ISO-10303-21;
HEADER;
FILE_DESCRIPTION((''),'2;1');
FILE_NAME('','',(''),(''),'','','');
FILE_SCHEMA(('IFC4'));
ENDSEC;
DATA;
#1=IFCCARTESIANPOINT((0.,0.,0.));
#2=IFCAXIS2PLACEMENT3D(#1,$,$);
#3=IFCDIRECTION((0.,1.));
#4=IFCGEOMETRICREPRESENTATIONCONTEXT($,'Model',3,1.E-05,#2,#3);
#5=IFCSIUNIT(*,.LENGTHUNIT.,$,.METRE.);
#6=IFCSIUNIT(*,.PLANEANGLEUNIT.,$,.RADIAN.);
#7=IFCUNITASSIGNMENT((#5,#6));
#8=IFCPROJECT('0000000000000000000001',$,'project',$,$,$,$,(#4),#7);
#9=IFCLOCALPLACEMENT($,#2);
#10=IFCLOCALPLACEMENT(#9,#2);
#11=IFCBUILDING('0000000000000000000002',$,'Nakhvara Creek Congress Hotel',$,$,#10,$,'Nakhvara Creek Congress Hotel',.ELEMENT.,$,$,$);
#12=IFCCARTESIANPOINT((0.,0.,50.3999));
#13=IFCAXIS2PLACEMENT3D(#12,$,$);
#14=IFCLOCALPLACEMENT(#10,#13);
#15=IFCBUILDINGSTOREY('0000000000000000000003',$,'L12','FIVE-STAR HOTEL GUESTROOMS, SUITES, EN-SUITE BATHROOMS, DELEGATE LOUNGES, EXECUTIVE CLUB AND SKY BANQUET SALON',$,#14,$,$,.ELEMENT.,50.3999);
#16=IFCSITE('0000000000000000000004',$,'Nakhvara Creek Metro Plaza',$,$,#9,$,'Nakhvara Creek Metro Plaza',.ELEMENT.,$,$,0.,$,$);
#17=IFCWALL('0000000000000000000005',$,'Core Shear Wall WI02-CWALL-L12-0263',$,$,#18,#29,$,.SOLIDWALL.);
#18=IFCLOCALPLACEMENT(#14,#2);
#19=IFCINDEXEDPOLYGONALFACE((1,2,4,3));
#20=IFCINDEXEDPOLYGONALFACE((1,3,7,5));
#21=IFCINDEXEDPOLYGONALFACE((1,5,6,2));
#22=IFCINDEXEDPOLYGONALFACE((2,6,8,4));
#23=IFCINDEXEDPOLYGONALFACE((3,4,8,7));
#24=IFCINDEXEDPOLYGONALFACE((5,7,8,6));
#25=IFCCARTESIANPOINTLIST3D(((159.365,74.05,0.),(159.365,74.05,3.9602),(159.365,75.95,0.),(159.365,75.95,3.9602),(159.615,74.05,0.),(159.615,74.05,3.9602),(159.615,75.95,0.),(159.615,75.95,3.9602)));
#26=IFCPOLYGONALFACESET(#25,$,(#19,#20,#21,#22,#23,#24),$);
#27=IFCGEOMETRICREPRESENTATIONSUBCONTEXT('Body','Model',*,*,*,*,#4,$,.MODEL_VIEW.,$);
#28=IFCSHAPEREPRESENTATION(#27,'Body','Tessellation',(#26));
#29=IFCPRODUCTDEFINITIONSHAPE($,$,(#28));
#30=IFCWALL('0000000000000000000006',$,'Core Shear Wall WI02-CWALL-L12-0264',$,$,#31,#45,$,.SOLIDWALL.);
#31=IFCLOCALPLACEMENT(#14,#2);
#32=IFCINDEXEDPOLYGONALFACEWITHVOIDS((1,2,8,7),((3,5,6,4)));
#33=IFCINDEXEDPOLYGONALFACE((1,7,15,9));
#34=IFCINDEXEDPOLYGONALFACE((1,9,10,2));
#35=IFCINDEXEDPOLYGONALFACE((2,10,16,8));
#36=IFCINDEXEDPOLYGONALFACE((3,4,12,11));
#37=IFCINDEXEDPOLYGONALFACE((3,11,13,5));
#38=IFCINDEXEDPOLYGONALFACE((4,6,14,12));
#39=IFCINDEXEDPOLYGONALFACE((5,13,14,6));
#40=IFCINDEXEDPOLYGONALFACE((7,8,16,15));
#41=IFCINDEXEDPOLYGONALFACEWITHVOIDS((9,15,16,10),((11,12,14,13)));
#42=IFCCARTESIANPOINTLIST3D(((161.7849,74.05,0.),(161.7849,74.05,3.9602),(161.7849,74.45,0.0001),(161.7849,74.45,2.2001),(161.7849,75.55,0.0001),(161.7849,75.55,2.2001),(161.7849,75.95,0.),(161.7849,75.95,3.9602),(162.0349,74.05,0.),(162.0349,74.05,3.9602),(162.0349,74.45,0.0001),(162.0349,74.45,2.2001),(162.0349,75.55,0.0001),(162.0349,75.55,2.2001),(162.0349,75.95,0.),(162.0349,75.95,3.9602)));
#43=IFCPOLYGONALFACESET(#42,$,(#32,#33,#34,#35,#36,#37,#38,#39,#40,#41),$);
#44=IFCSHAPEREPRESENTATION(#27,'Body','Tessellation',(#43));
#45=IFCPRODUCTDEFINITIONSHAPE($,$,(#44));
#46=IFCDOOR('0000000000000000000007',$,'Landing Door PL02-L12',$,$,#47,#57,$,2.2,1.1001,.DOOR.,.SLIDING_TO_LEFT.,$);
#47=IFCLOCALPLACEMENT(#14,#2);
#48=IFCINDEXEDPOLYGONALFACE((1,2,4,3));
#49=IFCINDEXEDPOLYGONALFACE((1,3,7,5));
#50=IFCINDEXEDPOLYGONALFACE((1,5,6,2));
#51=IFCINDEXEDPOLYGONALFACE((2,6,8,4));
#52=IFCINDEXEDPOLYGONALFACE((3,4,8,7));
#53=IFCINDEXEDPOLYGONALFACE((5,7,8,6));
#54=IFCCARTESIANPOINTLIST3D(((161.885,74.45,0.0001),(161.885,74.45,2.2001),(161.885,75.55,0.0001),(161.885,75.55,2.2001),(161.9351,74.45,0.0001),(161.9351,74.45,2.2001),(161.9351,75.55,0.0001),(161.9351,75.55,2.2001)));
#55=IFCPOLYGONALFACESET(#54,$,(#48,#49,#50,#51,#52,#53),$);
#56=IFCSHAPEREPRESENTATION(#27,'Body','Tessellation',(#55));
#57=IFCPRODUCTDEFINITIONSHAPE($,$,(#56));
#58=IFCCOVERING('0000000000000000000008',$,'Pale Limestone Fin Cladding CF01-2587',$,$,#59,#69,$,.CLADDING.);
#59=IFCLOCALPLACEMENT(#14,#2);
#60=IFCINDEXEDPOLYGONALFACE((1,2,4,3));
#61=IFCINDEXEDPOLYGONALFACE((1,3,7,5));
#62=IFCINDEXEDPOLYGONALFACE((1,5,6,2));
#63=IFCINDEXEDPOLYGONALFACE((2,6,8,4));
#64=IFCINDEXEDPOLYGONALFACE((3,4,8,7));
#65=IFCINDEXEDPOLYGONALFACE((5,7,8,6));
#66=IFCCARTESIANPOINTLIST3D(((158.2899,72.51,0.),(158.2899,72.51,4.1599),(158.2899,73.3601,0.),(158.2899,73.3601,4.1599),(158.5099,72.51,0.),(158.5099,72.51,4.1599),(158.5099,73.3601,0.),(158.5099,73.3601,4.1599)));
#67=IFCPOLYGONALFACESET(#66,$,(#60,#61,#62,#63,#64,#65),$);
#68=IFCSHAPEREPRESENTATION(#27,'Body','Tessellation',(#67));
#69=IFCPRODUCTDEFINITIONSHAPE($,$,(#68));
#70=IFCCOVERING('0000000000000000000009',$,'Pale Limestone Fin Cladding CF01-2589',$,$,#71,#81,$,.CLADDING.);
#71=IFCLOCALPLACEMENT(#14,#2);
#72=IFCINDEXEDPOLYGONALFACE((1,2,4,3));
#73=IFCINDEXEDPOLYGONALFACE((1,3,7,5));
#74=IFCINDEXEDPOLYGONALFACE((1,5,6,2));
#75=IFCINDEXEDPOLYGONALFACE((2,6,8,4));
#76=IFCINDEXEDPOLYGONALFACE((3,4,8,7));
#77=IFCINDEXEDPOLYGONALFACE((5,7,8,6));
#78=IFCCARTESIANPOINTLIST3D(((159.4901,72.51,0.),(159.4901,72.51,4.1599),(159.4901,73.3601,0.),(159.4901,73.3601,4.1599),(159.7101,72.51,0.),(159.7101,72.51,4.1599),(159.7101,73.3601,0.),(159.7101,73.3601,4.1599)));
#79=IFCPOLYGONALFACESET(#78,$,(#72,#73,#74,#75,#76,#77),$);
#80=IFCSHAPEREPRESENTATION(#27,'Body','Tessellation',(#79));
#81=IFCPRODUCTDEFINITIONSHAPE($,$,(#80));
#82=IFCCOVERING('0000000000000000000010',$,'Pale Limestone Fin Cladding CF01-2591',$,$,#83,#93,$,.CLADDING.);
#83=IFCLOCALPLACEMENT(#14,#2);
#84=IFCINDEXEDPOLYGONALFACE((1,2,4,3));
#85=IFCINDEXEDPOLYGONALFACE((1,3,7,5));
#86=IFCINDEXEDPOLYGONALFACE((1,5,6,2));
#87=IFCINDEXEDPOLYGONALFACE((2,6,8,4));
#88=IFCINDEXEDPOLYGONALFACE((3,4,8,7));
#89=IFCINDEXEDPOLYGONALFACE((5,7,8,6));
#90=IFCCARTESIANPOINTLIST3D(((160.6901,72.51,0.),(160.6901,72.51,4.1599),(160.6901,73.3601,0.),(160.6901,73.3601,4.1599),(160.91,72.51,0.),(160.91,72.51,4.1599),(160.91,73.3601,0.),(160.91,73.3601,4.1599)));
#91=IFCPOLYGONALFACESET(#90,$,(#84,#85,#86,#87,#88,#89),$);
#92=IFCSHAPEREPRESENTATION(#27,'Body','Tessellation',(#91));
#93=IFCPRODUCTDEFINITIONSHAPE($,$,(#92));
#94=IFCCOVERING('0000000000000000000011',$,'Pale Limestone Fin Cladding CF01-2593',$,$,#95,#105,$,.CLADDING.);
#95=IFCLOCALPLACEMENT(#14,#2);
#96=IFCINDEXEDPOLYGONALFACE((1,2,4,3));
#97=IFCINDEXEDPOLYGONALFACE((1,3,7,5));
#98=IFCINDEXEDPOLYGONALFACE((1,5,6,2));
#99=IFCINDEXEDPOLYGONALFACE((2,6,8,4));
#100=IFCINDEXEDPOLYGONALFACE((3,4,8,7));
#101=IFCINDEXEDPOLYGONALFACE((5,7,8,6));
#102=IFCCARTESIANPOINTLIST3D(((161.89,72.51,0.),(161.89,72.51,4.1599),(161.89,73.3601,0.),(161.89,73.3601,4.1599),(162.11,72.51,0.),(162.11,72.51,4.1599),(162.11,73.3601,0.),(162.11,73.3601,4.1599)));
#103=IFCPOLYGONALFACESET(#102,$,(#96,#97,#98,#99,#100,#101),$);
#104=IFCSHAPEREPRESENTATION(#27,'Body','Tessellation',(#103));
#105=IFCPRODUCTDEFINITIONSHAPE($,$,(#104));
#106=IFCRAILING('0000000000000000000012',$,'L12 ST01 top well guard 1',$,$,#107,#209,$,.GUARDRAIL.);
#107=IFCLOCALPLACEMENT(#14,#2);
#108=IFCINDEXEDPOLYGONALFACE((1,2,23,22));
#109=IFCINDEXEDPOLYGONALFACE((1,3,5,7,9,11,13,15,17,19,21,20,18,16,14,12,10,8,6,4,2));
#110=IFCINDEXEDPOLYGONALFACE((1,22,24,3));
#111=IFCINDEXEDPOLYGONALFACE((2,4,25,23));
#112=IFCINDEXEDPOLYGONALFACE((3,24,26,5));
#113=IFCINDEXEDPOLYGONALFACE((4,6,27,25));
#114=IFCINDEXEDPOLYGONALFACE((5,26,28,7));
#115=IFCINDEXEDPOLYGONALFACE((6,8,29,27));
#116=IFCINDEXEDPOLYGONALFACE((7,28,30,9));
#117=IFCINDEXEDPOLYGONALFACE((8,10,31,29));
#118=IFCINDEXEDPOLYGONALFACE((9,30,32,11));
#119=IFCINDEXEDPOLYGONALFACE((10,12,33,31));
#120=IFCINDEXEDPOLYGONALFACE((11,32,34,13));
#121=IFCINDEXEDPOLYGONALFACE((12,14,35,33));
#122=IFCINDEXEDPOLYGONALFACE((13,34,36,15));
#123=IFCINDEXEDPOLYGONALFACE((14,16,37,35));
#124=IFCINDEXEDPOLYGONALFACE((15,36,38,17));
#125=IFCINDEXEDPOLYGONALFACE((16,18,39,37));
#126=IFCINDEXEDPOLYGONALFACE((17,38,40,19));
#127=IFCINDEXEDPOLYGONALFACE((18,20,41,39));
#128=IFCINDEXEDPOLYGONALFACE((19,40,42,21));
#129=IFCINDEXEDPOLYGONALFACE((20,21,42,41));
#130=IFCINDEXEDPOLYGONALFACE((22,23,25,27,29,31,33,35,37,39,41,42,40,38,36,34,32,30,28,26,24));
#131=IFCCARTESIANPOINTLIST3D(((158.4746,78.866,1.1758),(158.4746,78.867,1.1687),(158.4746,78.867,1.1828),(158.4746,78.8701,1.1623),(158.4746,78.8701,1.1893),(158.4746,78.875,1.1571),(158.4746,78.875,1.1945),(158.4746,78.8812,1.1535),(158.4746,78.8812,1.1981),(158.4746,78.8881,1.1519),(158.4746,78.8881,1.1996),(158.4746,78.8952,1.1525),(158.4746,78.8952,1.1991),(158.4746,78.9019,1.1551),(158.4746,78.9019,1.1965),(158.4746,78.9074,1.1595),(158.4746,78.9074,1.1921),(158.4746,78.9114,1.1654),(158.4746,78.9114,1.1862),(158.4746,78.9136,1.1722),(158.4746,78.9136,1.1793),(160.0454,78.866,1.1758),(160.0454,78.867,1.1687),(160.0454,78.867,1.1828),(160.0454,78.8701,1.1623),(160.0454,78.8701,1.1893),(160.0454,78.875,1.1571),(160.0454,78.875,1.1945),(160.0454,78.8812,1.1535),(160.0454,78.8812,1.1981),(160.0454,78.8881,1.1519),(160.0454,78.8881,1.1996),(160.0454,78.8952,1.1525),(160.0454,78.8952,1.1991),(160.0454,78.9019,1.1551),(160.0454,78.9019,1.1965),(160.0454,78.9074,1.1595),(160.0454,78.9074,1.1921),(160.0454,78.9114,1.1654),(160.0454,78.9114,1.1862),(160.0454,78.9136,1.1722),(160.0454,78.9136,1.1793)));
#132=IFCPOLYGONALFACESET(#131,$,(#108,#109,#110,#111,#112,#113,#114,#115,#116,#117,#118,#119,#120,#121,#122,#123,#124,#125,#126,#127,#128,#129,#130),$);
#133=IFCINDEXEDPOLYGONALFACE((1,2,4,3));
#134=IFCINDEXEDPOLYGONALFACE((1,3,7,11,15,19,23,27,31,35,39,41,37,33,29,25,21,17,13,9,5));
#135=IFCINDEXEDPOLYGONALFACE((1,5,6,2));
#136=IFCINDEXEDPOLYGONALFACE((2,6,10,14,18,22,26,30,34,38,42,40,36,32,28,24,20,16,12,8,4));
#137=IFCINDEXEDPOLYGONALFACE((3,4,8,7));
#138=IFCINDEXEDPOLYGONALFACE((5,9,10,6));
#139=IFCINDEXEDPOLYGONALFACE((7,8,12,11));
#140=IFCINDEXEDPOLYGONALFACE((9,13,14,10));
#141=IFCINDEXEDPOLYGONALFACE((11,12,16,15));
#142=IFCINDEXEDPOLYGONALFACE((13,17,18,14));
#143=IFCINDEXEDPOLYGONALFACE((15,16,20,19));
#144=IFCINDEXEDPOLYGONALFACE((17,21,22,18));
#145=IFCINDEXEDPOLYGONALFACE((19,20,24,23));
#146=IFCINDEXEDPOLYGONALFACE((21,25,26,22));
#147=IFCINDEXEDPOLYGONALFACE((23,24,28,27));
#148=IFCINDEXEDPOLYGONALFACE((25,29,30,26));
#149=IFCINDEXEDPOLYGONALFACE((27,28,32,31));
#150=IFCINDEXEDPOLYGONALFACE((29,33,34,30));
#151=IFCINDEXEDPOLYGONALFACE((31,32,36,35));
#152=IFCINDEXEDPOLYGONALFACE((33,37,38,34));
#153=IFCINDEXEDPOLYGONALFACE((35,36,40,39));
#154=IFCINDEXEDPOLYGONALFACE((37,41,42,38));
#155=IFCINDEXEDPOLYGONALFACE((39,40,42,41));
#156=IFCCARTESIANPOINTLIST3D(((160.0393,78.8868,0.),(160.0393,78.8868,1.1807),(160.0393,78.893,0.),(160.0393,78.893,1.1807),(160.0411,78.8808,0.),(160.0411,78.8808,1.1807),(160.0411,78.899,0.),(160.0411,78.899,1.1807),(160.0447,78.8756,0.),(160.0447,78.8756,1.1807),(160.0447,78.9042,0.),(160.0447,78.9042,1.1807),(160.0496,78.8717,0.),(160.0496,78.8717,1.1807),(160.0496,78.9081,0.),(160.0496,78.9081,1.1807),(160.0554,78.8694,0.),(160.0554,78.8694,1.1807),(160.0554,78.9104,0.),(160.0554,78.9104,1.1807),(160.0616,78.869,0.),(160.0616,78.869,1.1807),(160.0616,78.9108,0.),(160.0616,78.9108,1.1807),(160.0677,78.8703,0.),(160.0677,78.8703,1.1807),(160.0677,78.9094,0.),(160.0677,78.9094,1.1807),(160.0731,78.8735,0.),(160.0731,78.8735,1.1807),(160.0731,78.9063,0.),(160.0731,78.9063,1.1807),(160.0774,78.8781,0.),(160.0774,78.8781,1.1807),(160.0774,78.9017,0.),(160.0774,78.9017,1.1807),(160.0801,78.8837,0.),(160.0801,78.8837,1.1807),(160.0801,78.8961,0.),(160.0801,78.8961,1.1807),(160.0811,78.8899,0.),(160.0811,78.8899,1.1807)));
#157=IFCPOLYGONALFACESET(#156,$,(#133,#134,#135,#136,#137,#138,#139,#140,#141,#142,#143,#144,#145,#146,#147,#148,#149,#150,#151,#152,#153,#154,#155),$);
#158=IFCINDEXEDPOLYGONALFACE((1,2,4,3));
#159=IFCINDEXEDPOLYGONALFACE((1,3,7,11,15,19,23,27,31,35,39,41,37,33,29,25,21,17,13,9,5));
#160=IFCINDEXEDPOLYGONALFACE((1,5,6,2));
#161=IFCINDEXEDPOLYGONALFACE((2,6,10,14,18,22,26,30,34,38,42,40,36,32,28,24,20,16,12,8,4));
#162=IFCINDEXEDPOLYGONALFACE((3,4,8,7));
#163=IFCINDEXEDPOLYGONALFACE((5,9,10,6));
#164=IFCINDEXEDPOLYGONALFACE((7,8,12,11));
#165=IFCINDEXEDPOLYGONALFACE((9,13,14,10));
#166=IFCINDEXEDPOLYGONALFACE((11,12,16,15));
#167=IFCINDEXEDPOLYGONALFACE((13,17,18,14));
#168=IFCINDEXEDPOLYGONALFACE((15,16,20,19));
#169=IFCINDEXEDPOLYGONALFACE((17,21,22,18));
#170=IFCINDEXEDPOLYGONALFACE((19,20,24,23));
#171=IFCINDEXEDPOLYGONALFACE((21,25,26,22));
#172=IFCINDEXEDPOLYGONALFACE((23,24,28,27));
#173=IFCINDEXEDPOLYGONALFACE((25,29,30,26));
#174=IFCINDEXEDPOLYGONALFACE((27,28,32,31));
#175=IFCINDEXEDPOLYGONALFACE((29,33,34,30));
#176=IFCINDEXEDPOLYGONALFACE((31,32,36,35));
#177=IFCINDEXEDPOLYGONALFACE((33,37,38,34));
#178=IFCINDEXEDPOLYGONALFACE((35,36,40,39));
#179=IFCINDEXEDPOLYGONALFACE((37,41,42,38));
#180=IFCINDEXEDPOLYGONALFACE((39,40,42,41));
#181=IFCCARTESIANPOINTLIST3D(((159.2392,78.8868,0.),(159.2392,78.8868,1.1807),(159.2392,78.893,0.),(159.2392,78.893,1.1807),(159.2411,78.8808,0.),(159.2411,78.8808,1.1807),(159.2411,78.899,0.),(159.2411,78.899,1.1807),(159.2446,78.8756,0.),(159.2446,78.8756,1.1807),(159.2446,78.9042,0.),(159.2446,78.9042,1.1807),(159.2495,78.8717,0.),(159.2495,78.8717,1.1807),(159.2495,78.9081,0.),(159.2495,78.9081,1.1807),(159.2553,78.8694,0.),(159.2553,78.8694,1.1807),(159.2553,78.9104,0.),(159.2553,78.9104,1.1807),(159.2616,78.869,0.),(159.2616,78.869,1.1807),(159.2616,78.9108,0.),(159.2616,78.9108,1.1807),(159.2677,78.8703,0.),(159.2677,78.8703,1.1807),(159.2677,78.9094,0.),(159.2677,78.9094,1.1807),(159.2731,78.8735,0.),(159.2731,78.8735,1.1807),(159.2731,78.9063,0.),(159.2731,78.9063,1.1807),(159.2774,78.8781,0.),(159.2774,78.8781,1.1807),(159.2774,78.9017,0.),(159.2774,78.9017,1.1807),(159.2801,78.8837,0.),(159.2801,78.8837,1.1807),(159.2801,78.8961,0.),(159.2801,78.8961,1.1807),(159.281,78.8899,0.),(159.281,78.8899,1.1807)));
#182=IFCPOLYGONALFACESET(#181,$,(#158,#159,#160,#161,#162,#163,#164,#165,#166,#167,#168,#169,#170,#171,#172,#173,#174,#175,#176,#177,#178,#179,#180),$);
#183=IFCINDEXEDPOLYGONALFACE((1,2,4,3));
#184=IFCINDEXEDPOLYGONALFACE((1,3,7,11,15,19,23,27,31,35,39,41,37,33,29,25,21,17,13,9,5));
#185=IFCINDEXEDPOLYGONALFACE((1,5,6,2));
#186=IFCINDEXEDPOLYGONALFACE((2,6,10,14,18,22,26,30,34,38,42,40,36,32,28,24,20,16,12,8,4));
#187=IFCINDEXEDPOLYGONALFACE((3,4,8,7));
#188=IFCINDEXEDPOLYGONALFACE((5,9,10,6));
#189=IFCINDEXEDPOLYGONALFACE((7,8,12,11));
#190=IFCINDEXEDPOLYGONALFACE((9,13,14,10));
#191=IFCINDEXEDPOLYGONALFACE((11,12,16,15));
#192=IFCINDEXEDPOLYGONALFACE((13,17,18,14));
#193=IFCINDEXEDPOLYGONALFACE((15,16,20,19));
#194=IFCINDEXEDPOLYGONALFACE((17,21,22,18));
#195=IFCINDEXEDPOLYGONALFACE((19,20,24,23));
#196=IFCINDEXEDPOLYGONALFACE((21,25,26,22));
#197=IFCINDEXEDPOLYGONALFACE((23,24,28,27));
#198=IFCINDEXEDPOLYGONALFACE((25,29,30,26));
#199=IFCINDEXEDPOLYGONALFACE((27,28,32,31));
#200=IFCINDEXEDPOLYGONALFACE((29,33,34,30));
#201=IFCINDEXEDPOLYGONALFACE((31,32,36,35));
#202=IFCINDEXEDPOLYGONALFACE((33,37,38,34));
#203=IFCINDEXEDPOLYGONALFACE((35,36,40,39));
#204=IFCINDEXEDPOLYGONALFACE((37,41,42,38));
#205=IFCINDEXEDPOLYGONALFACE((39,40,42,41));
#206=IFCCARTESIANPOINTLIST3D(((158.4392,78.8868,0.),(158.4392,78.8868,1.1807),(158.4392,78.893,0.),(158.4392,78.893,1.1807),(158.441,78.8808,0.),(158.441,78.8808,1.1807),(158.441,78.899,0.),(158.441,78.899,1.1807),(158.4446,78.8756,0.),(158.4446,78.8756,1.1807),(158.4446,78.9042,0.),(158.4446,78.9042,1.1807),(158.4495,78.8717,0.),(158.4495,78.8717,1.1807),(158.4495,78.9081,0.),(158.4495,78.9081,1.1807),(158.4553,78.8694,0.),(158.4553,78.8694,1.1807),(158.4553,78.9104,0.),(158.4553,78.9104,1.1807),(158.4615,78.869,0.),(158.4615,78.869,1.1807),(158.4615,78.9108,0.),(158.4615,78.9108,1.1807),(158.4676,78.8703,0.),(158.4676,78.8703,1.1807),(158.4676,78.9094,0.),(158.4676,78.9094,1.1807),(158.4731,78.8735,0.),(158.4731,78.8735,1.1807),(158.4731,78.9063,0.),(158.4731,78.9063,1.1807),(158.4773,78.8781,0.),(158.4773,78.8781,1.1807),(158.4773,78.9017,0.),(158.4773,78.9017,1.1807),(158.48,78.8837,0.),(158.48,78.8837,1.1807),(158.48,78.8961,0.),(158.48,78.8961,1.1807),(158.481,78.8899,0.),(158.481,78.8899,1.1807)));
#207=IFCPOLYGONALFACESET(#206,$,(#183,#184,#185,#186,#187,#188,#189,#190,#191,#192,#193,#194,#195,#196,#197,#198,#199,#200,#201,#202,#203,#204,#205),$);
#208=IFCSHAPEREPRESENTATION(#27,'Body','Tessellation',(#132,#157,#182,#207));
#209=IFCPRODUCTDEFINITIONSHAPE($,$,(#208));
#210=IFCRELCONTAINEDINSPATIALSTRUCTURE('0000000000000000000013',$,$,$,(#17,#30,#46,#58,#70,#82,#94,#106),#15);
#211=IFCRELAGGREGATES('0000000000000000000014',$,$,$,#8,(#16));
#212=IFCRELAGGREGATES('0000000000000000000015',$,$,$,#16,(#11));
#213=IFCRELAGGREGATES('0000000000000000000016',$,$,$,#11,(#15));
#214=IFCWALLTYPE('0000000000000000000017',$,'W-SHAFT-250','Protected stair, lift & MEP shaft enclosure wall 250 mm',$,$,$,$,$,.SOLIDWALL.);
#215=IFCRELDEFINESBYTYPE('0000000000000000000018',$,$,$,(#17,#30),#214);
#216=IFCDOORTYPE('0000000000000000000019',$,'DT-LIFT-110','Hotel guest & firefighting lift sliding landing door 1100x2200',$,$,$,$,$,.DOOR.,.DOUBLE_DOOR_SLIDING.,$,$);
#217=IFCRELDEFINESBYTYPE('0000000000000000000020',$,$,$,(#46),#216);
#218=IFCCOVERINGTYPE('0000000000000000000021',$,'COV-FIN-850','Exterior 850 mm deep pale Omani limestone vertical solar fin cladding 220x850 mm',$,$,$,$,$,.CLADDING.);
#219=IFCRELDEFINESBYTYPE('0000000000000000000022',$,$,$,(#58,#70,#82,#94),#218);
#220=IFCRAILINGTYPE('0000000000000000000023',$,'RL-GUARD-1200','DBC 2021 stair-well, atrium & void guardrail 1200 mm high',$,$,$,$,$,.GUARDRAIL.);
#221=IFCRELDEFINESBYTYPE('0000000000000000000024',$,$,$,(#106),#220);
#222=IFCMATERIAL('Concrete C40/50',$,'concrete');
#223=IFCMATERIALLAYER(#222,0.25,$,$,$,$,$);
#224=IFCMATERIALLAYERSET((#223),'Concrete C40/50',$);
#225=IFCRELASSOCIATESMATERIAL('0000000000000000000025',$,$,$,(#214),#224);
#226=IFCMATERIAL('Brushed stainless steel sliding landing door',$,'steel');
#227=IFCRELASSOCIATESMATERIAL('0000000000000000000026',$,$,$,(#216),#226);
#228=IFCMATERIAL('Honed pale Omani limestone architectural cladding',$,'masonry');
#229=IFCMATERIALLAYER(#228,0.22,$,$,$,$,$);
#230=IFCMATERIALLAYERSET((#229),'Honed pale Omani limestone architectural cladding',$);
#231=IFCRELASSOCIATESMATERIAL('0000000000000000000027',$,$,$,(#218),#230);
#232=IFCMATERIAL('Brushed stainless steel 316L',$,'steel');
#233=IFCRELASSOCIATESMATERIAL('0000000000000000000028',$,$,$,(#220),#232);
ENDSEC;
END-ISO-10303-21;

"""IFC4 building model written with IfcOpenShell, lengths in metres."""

from ifc_helpers import new_model, si_unit, direction, frame, frame_2d, origin, origin_2d, place, context, subcontext, project, spatial, rectangle, circle, extrude, material, layer, layer_set, type_object, element, fill, save


model = new_model("IFC4")

# Units and contexts
model_context = context("Model", 3, precision=1e-05, world=origin(), true_north=direction((0.0, 1.0)))
body_context = subcontext(model_context, "Body", "Model", "MODEL_VIEW")
ifc_project = project(units=[si_unit("LENGTHUNIT", "METRE"), si_unit("PLANEANGLEUNIT", "RADIAN")], contexts=[model_context])

# Site, building, storey
site_placement = place(None, origin())
site = spatial("IfcSite", under=ifc_project, at=site_placement, Name="Nakhvara Creek Metro Plaza", LongName="Nakhvara Creek Metro Plaza", CompositionType="ELEMENT", RefElevation=0.0)
building_placement = place(site_placement, origin())
building = spatial("IfcBuilding", under=site, at=building_placement, Name="Nakhvara Creek Congress Hotel", LongName="Nakhvara Creek Congress Hotel", CompositionType="ELEMENT")
storey_placement = place(building_placement, frame((0.0, 0.0, 50.3999)))
storey = spatial("IfcBuildingStorey", under=building, at=storey_placement, Name="L12", Description="FIVE-STAR HOTEL GUESTROOMS, SUITES, EN-SUITE BATHROOMS, DELEGATE LOUNGES, EXECUTIVE CLUB AND SKY BANQUET SALON", CompositionType="ELEMENT", Elevation=50.3999)

# Shared definitions
ifc_material_1 = material(Name="Concrete C40/50", Category="concrete")

# Wall
ifc_layer_1 = layer(ifc_material_1, 0.25)
ifc_layer_set_1 = layer_set([ifc_layer_1], Name="Concrete C40/50")
wall_type_1 = type_object("IfcWallType", Name="W-SHAFT-250", Description="Protected stair, lift & MEP shaft enclosure wall 250 mm", PredefinedType="SOLIDWALL", material=ifc_layer_set_1)
wall_1_placement = place(storey_placement, frame((159.49, 74.05, 0.0), z_axis=(0.0, 0.0, 1.0), x_axis=(0.0, 1.0, 0.0)))
element("IfcWall", 1, at=wall_1_placement, inside=storey, type_object=wall_type_1, Name="Core Shear Wall WI02-CWALL-L12-0263", PredefinedType="SOLIDWALL", context=body_context, shape_type="SweptSolid", body=[
    extrude(rectangle(XDim=1.8999, YDim=0.25, at=frame_2d((0.95, 0.0))), origin(), (0.0, 0.0, 1.0), 3.9602),
])

# Wall, opening, door
wall_2_placement = place(storey_placement, frame((161.9099, 74.05, 0.0), z_axis=(0.0, 0.0, 1.0), x_axis=(0.0, 1.0, 0.0)))
wall_2 = element("IfcWall", 2, at=wall_2_placement, inside=storey, type_object=wall_type_1, Name="Core Shear Wall WI02-CWALL-L12-0264", PredefinedType="SOLIDWALL", context=body_context, shape_type="SweptSolid", body=[
    extrude(rectangle(XDim=1.8999, YDim=0.25, at=frame_2d((0.95, 0.0))), origin(), (0.0, 0.0, 1.0), 3.9602),
])
opening_1_placement = place(wall_2_placement, frame((0.3999, 0.0, 0.0)))
opening_1 = element("IfcOpeningElement", 3, at=opening_1_placement, cuts=wall_2, PredefinedType="OPENING", context=body_context, shape_type="SweptSolid", body=[
    extrude(rectangle(XDim=1.1001, YDim=2.2, at=frame_2d((0.55, 1.1001))), frame((0.0, 0.137, 0.0), z_axis=(0.0, -1.0, 0.0), x_axis=(1.0, 0.0, 0.0)), (0.0, 0.0, 1.0), 0.2739),
])
ifc_material_2 = material(Name="Brushed stainless steel sliding landing door", Category="steel")
door_type_1 = type_object("IfcDoorType", Name="DT-LIFT-110", Description="Hotel guest & firefighting lift sliding landing door 1100x2200", OperationType="DOUBLE_DOOR_SLIDING", PredefinedType="DOOR", material=ifc_material_2)
door_1_placement = place(opening_1_placement, origin())
door_1 = element("IfcDoor", 4, at=door_1_placement, inside=storey, type_object=door_type_1, Name="Landing Door PL02-L12", OperationType="SLIDING_TO_LEFT", OverallHeight=2.2, OverallWidth=1.1001, PredefinedType="DOOR", context=body_context, shape_type="SweptSolid", body=[
    extrude(rectangle(XDim=1.1001, YDim=2.2, at=frame_2d((0.55, 1.1001))), frame((0.0, 0.0249, 0.0), z_axis=(0.0, -1.0, 0.0), x_axis=(1.0, 0.0, 0.0)), (0.0, 0.0, 1.0), 0.05),
])
fill(opening_1, door_1)

# Coverings
ifc_material_3 = material(Name="Honed pale Omani limestone architectural cladding", Category="masonry")
ifc_layer_2 = layer(ifc_material_3, 0.22)
ifc_layer_set_2 = layer_set([ifc_layer_2], Name="Honed pale Omani limestone architectural cladding")
covering_type = type_object("IfcCoveringType", Name="COV-FIN-850", Description="Exterior 850 mm deep pale Omani limestone vertical solar fin cladding 220x850 mm", PredefinedType="CLADDING", material=ifc_layer_set_2)
for number, where, z_axis, x_axis, name in (
    (5, (158.3999, 72.9351, 0.0), (0.0, 0.0, 1.0), (1.0, 0.0, 0.0), "Pale Limestone Fin Cladding CF01-2587"),
    (6, (159.6001, 72.9351, 0.0), (0.0, 0.0, 1.0), (1.0, 0.0, 0.0), "Pale Limestone Fin Cladding CF01-2589"),
    (7, (160.8, 72.9351, 0.0), (0.0, 0.0, 1.0), (1.0, 0.0, 0.0), "Pale Limestone Fin Cladding CF01-2591"),
    (8, (162.0, 72.9351, 0.0), (0.0, 0.0, 1.0), (1.0, 0.0, 0.0), "Pale Limestone Fin Cladding CF01-2593"),
):
    element("IfcCovering", number, at=place(storey_placement, frame(where, z_axis=z_axis, x_axis=x_axis)), inside=storey, type_object=covering_type, Name=name, PredefinedType="CLADDING", context=body_context, shape_type="SweptSolid", body=[
        extrude(rectangle(XDim=0.22, YDim=0.8501, at=origin_2d()), origin(), (0.0, 0.0, 1.0), 4.1599),
    ])

# Railing
ifc_material_4 = material(Name="Brushed stainless steel 316L", Category="steel")
railing_type = type_object("IfcRailingType", Name="RL-GUARD-1200", Description="DBC 2021 stair-well, atrium & void guardrail 1200 mm high", PredefinedType="GUARDRAIL", material=ifc_material_4)
railing_placement = place(storey_placement, frame((160.0601, 78.8899, 0.0)))
element("IfcRailing", 9, at=railing_placement, inside=storey, type_object=railing_type, Name="L12 ST01 top well guard 1", PredefinedType="GUARDRAIL", context=body_context, shape_type="SweptSolid", body=[
    extrude(circle(Radius=0.0239, at=origin_2d()), frame((-0.0146, 0.0, 1.1758), z_axis=(-1.0, 0.0, 0.0), x_axis=(0.0, -1.0, 0.0)), (0.0, 0.0, 1.0), 1.5708),
    extrude(circle(Radius=0.021, at=origin_2d()), origin(), (0.0, 0.0, 1.0), 1.1807),
    extrude(circle(Radius=0.021, at=origin_2d()), frame((-0.8, 0.0, 0.0)), (0.0, 0.0, 1.0), 1.1807),
    extrude(circle(Radius=0.021, at=origin_2d()), frame((-1.6001, 0.0, 0.0)), (0.0, 0.0, 1.0), 1.1807),
])

save(model, "model.ifc")
